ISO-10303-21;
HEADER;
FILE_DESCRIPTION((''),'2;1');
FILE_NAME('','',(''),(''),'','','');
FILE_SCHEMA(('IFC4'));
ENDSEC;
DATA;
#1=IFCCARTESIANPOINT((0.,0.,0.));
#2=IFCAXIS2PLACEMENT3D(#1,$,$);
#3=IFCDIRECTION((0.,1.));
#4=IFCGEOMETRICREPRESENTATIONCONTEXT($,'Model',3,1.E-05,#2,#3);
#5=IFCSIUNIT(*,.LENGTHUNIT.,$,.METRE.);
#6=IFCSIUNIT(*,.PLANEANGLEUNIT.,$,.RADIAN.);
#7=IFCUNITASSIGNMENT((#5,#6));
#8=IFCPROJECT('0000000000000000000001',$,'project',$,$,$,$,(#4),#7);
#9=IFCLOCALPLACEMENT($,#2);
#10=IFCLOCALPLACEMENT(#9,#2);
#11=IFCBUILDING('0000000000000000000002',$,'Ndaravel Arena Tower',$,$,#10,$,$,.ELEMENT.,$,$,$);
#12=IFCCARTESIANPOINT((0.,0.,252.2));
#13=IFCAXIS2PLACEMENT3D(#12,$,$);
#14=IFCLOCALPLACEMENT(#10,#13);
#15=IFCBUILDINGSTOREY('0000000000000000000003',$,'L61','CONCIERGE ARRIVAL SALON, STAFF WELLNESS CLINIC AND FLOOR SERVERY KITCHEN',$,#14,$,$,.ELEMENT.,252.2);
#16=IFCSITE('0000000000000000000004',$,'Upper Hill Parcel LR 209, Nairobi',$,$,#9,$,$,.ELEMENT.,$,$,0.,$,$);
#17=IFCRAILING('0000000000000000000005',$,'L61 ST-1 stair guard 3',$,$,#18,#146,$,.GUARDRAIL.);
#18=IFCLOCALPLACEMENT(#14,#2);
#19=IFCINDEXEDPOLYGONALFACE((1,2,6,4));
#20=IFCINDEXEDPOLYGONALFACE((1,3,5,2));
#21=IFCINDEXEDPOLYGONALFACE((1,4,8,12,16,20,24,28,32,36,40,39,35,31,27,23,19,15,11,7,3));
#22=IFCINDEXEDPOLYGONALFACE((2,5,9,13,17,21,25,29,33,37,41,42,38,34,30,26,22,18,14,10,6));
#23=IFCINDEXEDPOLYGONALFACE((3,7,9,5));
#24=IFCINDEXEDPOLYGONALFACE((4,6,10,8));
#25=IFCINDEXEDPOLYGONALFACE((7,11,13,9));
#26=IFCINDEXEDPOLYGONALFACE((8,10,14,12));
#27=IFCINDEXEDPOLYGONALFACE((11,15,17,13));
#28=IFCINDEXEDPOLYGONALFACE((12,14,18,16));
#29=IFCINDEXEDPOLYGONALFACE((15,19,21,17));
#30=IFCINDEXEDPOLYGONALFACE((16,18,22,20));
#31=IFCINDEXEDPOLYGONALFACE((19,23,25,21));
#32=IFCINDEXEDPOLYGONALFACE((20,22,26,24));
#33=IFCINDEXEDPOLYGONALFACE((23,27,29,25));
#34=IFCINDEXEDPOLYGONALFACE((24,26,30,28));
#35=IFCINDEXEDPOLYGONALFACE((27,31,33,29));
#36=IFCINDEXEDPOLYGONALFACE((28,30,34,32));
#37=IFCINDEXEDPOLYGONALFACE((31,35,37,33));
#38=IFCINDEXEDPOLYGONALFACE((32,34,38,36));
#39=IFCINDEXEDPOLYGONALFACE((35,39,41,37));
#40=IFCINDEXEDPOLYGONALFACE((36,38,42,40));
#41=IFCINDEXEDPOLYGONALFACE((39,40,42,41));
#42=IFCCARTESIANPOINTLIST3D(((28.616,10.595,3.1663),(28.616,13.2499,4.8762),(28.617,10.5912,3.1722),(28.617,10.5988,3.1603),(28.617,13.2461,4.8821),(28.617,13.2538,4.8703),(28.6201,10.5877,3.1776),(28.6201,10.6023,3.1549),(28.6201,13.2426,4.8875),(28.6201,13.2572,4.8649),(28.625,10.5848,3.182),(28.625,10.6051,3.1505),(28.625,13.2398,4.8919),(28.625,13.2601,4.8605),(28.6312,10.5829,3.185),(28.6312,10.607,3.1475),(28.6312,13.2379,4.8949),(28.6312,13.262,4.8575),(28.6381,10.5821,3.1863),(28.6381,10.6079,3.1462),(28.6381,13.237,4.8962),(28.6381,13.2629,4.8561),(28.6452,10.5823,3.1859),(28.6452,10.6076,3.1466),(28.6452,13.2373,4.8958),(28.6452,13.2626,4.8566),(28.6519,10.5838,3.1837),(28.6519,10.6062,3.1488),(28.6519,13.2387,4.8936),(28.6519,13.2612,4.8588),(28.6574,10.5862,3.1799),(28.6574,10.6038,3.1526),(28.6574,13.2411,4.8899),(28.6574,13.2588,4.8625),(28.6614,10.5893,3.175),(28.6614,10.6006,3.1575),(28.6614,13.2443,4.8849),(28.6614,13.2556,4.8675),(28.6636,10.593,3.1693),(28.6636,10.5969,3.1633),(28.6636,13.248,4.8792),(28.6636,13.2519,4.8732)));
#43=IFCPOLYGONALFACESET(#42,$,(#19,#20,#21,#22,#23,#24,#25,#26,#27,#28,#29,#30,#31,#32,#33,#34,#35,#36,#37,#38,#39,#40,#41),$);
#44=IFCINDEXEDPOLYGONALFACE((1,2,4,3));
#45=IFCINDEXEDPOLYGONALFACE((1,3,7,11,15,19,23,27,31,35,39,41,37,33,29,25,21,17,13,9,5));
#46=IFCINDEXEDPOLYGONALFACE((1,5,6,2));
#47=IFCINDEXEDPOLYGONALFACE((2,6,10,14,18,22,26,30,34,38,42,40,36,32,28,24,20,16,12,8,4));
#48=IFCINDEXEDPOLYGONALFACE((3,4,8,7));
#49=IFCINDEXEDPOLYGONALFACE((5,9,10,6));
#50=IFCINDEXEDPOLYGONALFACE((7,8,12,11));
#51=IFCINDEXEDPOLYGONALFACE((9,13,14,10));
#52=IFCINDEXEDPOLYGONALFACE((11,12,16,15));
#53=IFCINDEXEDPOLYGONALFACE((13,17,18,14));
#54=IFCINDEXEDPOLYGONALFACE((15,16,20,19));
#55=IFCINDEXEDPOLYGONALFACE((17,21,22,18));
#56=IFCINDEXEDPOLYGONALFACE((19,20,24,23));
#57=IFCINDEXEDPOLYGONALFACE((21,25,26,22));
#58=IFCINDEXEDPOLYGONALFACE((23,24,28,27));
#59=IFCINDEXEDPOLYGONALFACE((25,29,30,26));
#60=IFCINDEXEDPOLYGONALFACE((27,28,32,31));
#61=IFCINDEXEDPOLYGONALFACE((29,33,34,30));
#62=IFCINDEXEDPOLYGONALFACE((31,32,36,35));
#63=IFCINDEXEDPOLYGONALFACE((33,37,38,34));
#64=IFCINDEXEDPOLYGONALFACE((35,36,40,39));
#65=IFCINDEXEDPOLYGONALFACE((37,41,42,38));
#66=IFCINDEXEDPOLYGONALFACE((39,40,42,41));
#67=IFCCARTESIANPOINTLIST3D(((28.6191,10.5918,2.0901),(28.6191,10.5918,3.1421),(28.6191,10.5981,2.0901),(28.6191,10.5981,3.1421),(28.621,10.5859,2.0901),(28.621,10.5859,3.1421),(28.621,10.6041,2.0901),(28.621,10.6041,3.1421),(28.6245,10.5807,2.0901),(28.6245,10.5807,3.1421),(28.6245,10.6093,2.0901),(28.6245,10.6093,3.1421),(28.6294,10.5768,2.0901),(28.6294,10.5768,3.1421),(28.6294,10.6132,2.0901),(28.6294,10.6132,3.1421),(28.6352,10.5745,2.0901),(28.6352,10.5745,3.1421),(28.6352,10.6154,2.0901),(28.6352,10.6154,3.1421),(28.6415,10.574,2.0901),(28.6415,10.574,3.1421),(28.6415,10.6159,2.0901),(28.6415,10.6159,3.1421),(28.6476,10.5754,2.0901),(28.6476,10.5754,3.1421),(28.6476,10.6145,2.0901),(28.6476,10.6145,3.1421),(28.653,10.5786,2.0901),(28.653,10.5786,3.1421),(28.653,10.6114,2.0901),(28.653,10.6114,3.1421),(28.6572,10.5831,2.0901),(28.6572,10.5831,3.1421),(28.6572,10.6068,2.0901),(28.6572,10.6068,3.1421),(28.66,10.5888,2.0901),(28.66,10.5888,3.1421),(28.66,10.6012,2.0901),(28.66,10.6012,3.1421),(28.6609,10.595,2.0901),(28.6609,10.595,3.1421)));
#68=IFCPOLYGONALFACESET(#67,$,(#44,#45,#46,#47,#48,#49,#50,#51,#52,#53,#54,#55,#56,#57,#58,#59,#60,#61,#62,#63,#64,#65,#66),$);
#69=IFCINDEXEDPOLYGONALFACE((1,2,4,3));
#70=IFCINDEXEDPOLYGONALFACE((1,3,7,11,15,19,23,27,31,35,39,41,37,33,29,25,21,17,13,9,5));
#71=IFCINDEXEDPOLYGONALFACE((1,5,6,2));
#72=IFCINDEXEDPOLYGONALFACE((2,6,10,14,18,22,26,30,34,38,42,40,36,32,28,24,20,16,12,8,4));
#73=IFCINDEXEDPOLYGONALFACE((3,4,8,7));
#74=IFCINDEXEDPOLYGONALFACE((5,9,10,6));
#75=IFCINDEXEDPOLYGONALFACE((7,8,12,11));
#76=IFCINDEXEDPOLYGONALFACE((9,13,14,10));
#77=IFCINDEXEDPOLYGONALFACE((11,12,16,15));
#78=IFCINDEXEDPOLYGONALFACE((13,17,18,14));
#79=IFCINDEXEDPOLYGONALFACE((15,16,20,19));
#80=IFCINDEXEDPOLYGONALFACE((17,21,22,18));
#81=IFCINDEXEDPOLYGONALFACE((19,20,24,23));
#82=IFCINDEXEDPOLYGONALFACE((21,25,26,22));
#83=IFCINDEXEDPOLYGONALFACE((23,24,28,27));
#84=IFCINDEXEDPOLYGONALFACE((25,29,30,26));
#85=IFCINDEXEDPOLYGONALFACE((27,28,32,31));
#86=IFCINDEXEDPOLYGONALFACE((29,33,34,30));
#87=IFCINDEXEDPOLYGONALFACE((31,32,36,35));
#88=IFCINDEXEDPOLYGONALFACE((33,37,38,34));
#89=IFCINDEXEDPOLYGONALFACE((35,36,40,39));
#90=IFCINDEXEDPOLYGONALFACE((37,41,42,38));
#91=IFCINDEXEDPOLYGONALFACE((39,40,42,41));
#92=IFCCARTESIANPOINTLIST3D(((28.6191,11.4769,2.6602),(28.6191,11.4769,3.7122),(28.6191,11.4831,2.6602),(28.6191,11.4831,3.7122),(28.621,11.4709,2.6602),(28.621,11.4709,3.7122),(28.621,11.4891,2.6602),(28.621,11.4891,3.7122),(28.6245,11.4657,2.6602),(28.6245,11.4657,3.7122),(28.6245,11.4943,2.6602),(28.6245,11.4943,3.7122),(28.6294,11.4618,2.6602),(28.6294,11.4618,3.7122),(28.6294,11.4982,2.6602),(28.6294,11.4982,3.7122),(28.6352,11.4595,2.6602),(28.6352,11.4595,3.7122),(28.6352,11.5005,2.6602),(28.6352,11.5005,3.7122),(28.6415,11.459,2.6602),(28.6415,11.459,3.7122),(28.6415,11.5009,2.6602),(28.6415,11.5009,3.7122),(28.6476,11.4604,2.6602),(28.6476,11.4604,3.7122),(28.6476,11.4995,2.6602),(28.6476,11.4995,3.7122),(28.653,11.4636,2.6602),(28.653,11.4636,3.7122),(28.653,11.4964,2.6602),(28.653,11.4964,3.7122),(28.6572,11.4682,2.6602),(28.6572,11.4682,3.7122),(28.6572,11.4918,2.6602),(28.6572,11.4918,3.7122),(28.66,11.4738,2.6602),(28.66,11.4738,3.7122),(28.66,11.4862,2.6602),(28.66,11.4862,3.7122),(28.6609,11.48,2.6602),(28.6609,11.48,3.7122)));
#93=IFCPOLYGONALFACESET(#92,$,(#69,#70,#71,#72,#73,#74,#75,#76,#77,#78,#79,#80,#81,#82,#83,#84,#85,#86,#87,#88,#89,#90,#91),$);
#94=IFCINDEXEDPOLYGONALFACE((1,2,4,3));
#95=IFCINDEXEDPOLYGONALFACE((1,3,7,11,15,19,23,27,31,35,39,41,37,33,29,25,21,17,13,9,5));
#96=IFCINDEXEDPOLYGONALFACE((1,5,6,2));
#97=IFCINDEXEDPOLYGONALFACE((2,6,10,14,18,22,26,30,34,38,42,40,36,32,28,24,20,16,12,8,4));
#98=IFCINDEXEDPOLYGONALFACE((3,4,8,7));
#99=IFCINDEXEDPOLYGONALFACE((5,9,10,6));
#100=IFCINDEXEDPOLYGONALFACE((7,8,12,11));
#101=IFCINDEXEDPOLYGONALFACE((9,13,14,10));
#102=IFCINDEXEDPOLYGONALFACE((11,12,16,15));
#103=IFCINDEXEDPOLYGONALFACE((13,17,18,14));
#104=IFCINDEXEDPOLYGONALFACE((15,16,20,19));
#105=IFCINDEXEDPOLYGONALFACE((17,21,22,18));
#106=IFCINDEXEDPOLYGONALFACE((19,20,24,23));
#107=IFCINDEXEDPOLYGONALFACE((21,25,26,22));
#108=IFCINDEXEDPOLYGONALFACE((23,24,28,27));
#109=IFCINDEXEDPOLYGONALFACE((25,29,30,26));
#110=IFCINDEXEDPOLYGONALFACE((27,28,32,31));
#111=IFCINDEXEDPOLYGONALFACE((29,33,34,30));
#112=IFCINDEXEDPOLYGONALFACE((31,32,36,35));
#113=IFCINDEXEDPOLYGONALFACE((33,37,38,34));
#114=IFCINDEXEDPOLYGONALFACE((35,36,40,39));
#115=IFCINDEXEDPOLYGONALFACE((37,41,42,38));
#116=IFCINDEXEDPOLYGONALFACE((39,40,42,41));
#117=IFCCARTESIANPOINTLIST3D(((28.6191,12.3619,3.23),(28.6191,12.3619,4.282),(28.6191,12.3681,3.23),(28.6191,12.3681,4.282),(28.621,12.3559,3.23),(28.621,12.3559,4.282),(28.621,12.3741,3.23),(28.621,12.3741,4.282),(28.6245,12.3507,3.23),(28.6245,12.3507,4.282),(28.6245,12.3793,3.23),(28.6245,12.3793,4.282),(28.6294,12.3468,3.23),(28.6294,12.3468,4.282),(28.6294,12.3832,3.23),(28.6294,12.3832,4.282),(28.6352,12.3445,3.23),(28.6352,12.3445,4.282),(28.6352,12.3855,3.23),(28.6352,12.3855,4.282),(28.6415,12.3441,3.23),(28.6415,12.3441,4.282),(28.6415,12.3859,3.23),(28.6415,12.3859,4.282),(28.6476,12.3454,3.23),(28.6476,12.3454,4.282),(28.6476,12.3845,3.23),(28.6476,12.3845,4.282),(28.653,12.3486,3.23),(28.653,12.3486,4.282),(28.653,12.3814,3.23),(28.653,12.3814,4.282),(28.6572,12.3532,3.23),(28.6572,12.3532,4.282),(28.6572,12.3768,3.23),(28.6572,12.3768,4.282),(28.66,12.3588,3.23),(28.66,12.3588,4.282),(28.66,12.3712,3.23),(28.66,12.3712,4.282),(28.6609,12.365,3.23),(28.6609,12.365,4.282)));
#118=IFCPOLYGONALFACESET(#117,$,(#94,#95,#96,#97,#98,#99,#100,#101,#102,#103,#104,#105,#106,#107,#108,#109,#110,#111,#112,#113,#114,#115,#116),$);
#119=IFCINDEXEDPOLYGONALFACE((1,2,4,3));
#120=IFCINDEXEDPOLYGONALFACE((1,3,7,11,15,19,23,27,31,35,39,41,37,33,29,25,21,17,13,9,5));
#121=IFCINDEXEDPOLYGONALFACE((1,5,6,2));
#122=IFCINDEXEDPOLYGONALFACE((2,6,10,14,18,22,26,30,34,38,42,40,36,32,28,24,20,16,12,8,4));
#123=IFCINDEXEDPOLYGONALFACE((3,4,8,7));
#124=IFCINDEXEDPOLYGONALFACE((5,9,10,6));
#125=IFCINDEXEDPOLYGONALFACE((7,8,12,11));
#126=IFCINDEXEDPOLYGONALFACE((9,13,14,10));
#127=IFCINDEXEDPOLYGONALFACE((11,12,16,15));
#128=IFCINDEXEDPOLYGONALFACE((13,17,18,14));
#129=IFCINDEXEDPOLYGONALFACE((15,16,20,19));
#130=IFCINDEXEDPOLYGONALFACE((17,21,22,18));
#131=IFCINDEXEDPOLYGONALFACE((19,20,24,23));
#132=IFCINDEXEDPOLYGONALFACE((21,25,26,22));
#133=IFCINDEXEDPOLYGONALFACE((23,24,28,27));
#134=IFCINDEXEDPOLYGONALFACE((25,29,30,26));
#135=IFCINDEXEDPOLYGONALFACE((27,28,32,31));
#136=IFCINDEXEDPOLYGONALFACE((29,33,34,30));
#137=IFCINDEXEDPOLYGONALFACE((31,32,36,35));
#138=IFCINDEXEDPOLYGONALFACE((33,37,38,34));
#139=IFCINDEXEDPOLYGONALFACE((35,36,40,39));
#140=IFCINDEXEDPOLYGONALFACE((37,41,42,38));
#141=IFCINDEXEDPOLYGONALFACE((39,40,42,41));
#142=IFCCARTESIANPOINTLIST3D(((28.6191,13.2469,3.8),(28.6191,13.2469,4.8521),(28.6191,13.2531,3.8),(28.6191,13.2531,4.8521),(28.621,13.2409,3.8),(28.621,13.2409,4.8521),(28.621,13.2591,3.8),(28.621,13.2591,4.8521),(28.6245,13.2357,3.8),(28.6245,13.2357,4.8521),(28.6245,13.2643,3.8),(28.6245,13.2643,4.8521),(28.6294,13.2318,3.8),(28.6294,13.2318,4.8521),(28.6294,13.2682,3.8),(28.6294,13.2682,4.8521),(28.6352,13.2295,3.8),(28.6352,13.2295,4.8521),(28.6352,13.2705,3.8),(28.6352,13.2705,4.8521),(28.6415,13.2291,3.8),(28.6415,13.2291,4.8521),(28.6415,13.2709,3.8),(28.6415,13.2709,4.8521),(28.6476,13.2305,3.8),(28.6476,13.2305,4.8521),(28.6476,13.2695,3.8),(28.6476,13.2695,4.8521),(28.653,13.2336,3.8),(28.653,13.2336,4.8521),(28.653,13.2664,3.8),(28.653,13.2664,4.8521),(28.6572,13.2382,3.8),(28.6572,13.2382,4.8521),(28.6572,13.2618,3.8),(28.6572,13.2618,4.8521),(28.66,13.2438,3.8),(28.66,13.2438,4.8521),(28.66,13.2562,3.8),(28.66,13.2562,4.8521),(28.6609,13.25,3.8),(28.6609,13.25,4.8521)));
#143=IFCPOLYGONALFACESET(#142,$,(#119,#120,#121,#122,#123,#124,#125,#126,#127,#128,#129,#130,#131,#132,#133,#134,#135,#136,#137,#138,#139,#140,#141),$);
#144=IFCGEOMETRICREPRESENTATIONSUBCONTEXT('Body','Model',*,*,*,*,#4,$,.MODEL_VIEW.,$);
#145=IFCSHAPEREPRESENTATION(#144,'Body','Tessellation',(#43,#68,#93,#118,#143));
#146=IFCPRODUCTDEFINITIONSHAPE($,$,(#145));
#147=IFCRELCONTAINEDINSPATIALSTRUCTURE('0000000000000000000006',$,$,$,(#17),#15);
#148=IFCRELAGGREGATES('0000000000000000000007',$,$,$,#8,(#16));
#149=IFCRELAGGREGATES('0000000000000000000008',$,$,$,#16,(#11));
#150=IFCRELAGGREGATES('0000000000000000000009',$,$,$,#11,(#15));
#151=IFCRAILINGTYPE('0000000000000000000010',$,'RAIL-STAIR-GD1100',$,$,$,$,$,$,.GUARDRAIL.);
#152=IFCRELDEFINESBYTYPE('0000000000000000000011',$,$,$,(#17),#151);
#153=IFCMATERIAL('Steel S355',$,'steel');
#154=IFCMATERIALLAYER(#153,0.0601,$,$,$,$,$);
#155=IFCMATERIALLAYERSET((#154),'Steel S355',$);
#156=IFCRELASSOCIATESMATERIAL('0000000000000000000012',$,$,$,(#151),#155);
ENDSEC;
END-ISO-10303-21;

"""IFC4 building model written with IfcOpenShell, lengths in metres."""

from ifc_helpers import new_model, si_unit, direction, frame, origin, origin_2d, place, context, subcontext, project, spatial, circle, extrude, material, layer, layer_set, type_object, element, save


model = new_model("IFC4")

# Units and contexts
model_context = context("Model", 3, precision=1e-05, world=origin(), true_north=direction((0.0, 1.0)))
body_context = subcontext(model_context, "Body", "Model", "MODEL_VIEW")
ifc_project = project(units=[si_unit("LENGTHUNIT", "METRE"), si_unit("PLANEANGLEUNIT", "RADIAN")], contexts=[model_context])

# Site, building, storey
site_placement = place(None, origin())
site = spatial("IfcSite", under=ifc_project, at=site_placement, Name="Upper Hill Parcel LR 209, Nairobi", CompositionType="ELEMENT", RefElevation=0.0)
building_placement = place(site_placement, origin())
building = spatial("IfcBuilding", under=site, at=building_placement, Name="Ndaravel Arena Tower", CompositionType="ELEMENT")
storey_placement = place(building_placement, frame((0.0, 0.0, 252.2)))
storey = spatial("IfcBuildingStorey", under=building, at=storey_placement, Name="L61", Description="CONCIERGE ARRIVAL SALON, STAFF WELLNESS CLINIC AND FLOOR SERVERY KITCHEN", CompositionType="ELEMENT", Elevation=252.2)

# Railing
ifc_material_1 = material(Name="Steel S355", Category="steel")
ifc_layer_1 = layer(ifc_material_1, 0.0601)
ifc_layer_set_1 = layer_set([ifc_layer_1], Name="Steel S355")
railing_type_1 = type_object("IfcRailingType", Name="RAIL-STAIR-GD1100", PredefinedType="GUARDRAIL", material=ifc_layer_set_1)
railing_1_placement = place(storey_placement, frame((28.6399, 10.595, 2.0901)))
element("IfcRailing", 1, at=railing_1_placement, inside=storey, type_object=railing_type_1, Name="L61 ST-1 stair guard 3", PredefinedType="GUARDRAIL", context=body_context, shape_type="SweptSolid", body=[
    extrude(circle(Radius=0.0239, at=origin_2d()), frame((0.0, 0.0, 1.0762), z_axis=(0.0, 0.840724, 0.541465), x_axis=(-1.0, 0.0, 0.0)), (0.0, 0.0, 1.0), 3.158),
    extrude(circle(Radius=0.021, at=origin_2d()), origin(), (0.0, 0.0, 1.0), 1.052),
    extrude(circle(Radius=0.021, at=origin_2d()), frame((0.0, 0.885, 0.5701)), (0.0, 0.0, 1.0), 1.052),
    extrude(circle(Radius=0.021, at=origin_2d()), frame((0.0, 1.77, 1.1399)), (0.0, 0.0, 1.0), 1.052),
    extrude(circle(Radius=0.021, at=origin_2d()), frame((0.0, 2.655, 1.71)), (0.0, 0.0, 1.0), 1.052),
])

save(model, "model.ifc")
